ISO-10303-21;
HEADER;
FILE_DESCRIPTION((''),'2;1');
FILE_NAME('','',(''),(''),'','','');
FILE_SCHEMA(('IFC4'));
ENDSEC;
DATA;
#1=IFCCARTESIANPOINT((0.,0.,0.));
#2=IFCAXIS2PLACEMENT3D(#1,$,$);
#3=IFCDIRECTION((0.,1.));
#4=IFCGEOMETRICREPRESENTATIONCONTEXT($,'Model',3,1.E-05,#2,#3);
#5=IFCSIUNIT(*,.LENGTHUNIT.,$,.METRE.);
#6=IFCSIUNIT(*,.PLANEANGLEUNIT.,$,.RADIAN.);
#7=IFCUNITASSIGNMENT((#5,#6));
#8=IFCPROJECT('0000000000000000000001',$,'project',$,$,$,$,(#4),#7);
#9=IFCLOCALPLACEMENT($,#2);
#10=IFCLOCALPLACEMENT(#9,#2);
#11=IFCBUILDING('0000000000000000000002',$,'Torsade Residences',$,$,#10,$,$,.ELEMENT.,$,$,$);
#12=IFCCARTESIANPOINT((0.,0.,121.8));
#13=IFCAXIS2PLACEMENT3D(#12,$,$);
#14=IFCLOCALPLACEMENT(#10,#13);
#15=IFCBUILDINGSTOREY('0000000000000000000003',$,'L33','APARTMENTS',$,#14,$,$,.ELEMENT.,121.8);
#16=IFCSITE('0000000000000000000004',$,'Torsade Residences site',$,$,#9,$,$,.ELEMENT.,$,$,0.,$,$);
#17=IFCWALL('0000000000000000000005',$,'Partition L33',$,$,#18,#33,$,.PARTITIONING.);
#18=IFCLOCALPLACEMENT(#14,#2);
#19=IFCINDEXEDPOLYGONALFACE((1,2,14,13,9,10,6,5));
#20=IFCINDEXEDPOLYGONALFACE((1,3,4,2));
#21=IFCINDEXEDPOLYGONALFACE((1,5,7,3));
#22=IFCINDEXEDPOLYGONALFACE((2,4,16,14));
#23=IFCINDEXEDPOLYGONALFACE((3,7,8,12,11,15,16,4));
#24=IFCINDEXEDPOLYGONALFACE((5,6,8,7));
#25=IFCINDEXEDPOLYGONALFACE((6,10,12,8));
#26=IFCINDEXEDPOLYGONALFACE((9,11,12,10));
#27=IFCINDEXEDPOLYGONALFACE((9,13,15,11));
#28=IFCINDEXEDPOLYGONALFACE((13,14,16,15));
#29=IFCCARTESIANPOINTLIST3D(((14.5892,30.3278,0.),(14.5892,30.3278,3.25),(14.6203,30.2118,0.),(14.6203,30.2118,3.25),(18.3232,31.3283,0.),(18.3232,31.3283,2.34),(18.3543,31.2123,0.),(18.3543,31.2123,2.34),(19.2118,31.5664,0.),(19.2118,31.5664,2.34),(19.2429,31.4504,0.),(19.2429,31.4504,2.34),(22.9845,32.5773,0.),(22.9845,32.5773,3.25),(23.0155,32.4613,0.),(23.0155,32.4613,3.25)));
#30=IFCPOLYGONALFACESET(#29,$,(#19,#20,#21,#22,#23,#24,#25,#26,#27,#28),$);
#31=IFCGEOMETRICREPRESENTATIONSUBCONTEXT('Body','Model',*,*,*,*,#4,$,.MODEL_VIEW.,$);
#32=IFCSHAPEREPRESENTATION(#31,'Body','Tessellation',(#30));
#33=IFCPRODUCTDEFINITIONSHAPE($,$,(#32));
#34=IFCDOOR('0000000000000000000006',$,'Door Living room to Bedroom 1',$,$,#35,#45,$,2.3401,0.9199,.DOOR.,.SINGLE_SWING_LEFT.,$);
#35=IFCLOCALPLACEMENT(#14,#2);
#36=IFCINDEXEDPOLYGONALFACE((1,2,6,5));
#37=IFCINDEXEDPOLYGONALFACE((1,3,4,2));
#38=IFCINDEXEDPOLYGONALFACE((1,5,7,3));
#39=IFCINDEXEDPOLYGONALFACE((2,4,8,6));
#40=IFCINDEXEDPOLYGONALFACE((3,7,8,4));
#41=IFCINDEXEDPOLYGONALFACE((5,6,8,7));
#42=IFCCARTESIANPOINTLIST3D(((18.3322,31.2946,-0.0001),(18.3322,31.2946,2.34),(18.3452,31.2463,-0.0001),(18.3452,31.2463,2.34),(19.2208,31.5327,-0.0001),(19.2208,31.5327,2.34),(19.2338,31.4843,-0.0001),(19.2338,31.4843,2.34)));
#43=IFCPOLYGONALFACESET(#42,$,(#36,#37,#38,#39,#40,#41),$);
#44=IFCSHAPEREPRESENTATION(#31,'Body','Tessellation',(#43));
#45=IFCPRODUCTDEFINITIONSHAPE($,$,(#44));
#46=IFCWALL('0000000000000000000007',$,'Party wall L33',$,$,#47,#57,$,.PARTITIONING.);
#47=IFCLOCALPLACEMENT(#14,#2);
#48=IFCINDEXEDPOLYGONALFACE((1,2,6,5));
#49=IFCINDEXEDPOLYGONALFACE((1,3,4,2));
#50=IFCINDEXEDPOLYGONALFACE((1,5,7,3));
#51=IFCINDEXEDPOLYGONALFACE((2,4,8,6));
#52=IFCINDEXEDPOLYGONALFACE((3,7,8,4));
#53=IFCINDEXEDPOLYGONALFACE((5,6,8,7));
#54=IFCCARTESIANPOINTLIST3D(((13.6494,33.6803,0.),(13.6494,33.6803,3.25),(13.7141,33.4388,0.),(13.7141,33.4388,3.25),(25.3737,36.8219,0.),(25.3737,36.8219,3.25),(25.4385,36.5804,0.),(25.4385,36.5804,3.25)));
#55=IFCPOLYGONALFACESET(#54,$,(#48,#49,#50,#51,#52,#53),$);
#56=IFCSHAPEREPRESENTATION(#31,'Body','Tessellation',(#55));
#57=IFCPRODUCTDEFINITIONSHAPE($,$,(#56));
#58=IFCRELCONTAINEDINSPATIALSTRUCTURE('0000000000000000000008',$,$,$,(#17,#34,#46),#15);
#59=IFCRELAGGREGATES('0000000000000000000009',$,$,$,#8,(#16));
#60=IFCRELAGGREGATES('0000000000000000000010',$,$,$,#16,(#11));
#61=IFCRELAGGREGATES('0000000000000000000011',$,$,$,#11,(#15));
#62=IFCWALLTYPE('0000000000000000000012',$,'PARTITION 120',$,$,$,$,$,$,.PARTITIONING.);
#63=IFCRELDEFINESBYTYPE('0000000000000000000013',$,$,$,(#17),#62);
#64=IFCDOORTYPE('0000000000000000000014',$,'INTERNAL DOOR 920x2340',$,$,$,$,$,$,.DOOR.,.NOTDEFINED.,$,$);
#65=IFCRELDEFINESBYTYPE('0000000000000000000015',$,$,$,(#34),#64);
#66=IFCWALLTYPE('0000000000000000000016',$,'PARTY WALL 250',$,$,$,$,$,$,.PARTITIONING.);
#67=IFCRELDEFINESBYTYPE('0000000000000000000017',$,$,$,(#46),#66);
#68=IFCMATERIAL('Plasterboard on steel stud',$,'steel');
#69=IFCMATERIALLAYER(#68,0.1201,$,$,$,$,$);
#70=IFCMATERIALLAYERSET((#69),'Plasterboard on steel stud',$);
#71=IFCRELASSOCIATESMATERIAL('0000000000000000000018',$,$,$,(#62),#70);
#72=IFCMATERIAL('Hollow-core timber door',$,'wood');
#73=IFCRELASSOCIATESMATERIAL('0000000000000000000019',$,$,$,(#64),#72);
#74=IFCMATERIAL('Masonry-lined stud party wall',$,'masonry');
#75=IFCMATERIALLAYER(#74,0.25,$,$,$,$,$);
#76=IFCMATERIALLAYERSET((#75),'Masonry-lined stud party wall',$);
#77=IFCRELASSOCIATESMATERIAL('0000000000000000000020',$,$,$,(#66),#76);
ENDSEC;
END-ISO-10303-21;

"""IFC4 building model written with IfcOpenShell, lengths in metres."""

from ifc_helpers import new_model, si_unit, direction, frame, frame_2d, origin, place, context, subcontext, project, spatial, rectangle, extrude, material, layer, layer_set, type_object, element, fill, save


model = new_model("IFC4")

# Units and contexts
model_context = context("Model", 3, precision=1e-05, world=origin(), true_north=direction((0.0, 1.0)))
body_context = subcontext(model_context, "Body", "Model", "MODEL_VIEW")
ifc_project = project(units=[si_unit("LENGTHUNIT", "METRE"), si_unit("PLANEANGLEUNIT", "RADIAN")], contexts=[model_context])

# Site, building, storey
site_placement = place(None, origin())
site = spatial("IfcSite", under=ifc_project, at=site_placement, Name="Torsade Residences site", CompositionType="ELEMENT", RefElevation=0.0)
building_placement = place(site_placement, origin())
building = spatial("IfcBuilding", under=site, at=building_placement, Name="Torsade Residences", CompositionType="ELEMENT")
storey_placement = place(building_placement, frame((0.0, 0.0, 121.8)))
storey = spatial("IfcBuildingStorey", under=building, at=storey_placement, Name="L33", Description="APARTMENTS", CompositionType="ELEMENT", Elevation=121.8)

# Wall, opening, door
ifc_material_1 = material(Name="Plasterboard on steel stud", Category="steel")
ifc_layer_1 = layer(ifc_material_1, 0.1201)
ifc_layer_set_1 = layer_set([ifc_layer_1], Name="Plasterboard on steel stud")
wall_type_1 = type_object("IfcWallType", Name="PARTITION 120", PredefinedType="PARTITIONING", material=ifc_layer_set_1)
ifc_material_2 = material(Name="Hollow-core timber door", Category="wood")
door_type_1 = type_object("IfcDoorType", Name="INTERNAL DOOR 920x2340", OperationType="NOTDEFINED", PredefinedType="DOOR", material=ifc_material_2)
wall_1_placement = place(storey_placement, frame((23.0, 32.5193, 0.0), z_axis=(0.0, 0.0, 1.0), x_axis=(-0.965926, -0.25882, 0.0)))
wall_1 = element("IfcWall", 1, at=wall_1_placement, inside=storey, type_object=wall_type_1, Name="Partition L33", PredefinedType="PARTITIONING", context=body_context, shape_type="SweptSolid", body=[
    extrude(rectangle(XDim=8.6914, YDim=0.1201, at=frame_2d((4.3457, 0.0))), origin(), (0.0, 0.0, 1.0), 3.25),
])
opening_1_placement = place(wall_1_placement, frame((3.9058, 0.0, 0.0)))
opening_1 = element("IfcOpeningElement", 2, at=opening_1_placement, cuts=wall_1, PredefinedType="OPENING", context=body_context, shape_type="SweptSolid", body=[
    extrude(rectangle(XDim=0.9199, YDim=2.3401, at=frame_2d((0.46, 1.1699))), frame((0.0, 0.0701, 0.0), z_axis=(0.0, -1.0, 0.0), x_axis=(1.0, 0.0, 0.0)), (0.0, 0.0, 1.0), 0.1401),
])
door_1_placement = place(opening_1_placement, origin())
door_1 = element("IfcDoor", 3, at=door_1_placement, inside=storey, type_object=door_type_1, Name="Door Living room to Bedroom 1", OperationType="SINGLE_SWING_LEFT", OverallHeight=2.3401, OverallWidth=0.9199, PredefinedType="DOOR", context=body_context, shape_type="SweptSolid", body=[
    extrude(rectangle(XDim=0.9199, YDim=2.3401, at=frame_2d((0.46, 1.1699))), frame((0.0, 0.0249, 0.0), z_axis=(0.0, -1.0, 0.0), x_axis=(1.0, 0.0, 0.0)), (0.0, 0.0, 1.0), 0.05),
])
fill(opening_1, door_1)

# Wall
ifc_material_3 = material(Name="Masonry-lined stud party wall", Category="masonry")
ifc_layer_2 = layer(ifc_material_3, 0.25)
ifc_layer_set_2 = layer_set([ifc_layer_2], Name="Masonry-lined stud party wall")
wall_type_2 = type_object("IfcWallType", Name="PARTY WALL 250", PredefinedType="PARTITIONING", material=ifc_layer_set_2)
wall_2_placement = place(storey_placement, frame((13.6819, 33.5596, 0.0), z_axis=(0.0, 0.0, 1.0), x_axis=(0.965924, 0.258824, 0.0)))
element("IfcWall", 4, at=wall_2_placement, inside=storey, type_object=wall_type_2, Name="Party wall L33", PredefinedType="PARTITIONING", context=body_context, shape_type="SweptSolid", body=[
    extrude(rectangle(XDim=12.1379, YDim=0.25, at=frame_2d((6.0688, 0.0))), origin(), (0.0, 0.0, 1.0), 3.25),
])

save(model, "model.ifc")
